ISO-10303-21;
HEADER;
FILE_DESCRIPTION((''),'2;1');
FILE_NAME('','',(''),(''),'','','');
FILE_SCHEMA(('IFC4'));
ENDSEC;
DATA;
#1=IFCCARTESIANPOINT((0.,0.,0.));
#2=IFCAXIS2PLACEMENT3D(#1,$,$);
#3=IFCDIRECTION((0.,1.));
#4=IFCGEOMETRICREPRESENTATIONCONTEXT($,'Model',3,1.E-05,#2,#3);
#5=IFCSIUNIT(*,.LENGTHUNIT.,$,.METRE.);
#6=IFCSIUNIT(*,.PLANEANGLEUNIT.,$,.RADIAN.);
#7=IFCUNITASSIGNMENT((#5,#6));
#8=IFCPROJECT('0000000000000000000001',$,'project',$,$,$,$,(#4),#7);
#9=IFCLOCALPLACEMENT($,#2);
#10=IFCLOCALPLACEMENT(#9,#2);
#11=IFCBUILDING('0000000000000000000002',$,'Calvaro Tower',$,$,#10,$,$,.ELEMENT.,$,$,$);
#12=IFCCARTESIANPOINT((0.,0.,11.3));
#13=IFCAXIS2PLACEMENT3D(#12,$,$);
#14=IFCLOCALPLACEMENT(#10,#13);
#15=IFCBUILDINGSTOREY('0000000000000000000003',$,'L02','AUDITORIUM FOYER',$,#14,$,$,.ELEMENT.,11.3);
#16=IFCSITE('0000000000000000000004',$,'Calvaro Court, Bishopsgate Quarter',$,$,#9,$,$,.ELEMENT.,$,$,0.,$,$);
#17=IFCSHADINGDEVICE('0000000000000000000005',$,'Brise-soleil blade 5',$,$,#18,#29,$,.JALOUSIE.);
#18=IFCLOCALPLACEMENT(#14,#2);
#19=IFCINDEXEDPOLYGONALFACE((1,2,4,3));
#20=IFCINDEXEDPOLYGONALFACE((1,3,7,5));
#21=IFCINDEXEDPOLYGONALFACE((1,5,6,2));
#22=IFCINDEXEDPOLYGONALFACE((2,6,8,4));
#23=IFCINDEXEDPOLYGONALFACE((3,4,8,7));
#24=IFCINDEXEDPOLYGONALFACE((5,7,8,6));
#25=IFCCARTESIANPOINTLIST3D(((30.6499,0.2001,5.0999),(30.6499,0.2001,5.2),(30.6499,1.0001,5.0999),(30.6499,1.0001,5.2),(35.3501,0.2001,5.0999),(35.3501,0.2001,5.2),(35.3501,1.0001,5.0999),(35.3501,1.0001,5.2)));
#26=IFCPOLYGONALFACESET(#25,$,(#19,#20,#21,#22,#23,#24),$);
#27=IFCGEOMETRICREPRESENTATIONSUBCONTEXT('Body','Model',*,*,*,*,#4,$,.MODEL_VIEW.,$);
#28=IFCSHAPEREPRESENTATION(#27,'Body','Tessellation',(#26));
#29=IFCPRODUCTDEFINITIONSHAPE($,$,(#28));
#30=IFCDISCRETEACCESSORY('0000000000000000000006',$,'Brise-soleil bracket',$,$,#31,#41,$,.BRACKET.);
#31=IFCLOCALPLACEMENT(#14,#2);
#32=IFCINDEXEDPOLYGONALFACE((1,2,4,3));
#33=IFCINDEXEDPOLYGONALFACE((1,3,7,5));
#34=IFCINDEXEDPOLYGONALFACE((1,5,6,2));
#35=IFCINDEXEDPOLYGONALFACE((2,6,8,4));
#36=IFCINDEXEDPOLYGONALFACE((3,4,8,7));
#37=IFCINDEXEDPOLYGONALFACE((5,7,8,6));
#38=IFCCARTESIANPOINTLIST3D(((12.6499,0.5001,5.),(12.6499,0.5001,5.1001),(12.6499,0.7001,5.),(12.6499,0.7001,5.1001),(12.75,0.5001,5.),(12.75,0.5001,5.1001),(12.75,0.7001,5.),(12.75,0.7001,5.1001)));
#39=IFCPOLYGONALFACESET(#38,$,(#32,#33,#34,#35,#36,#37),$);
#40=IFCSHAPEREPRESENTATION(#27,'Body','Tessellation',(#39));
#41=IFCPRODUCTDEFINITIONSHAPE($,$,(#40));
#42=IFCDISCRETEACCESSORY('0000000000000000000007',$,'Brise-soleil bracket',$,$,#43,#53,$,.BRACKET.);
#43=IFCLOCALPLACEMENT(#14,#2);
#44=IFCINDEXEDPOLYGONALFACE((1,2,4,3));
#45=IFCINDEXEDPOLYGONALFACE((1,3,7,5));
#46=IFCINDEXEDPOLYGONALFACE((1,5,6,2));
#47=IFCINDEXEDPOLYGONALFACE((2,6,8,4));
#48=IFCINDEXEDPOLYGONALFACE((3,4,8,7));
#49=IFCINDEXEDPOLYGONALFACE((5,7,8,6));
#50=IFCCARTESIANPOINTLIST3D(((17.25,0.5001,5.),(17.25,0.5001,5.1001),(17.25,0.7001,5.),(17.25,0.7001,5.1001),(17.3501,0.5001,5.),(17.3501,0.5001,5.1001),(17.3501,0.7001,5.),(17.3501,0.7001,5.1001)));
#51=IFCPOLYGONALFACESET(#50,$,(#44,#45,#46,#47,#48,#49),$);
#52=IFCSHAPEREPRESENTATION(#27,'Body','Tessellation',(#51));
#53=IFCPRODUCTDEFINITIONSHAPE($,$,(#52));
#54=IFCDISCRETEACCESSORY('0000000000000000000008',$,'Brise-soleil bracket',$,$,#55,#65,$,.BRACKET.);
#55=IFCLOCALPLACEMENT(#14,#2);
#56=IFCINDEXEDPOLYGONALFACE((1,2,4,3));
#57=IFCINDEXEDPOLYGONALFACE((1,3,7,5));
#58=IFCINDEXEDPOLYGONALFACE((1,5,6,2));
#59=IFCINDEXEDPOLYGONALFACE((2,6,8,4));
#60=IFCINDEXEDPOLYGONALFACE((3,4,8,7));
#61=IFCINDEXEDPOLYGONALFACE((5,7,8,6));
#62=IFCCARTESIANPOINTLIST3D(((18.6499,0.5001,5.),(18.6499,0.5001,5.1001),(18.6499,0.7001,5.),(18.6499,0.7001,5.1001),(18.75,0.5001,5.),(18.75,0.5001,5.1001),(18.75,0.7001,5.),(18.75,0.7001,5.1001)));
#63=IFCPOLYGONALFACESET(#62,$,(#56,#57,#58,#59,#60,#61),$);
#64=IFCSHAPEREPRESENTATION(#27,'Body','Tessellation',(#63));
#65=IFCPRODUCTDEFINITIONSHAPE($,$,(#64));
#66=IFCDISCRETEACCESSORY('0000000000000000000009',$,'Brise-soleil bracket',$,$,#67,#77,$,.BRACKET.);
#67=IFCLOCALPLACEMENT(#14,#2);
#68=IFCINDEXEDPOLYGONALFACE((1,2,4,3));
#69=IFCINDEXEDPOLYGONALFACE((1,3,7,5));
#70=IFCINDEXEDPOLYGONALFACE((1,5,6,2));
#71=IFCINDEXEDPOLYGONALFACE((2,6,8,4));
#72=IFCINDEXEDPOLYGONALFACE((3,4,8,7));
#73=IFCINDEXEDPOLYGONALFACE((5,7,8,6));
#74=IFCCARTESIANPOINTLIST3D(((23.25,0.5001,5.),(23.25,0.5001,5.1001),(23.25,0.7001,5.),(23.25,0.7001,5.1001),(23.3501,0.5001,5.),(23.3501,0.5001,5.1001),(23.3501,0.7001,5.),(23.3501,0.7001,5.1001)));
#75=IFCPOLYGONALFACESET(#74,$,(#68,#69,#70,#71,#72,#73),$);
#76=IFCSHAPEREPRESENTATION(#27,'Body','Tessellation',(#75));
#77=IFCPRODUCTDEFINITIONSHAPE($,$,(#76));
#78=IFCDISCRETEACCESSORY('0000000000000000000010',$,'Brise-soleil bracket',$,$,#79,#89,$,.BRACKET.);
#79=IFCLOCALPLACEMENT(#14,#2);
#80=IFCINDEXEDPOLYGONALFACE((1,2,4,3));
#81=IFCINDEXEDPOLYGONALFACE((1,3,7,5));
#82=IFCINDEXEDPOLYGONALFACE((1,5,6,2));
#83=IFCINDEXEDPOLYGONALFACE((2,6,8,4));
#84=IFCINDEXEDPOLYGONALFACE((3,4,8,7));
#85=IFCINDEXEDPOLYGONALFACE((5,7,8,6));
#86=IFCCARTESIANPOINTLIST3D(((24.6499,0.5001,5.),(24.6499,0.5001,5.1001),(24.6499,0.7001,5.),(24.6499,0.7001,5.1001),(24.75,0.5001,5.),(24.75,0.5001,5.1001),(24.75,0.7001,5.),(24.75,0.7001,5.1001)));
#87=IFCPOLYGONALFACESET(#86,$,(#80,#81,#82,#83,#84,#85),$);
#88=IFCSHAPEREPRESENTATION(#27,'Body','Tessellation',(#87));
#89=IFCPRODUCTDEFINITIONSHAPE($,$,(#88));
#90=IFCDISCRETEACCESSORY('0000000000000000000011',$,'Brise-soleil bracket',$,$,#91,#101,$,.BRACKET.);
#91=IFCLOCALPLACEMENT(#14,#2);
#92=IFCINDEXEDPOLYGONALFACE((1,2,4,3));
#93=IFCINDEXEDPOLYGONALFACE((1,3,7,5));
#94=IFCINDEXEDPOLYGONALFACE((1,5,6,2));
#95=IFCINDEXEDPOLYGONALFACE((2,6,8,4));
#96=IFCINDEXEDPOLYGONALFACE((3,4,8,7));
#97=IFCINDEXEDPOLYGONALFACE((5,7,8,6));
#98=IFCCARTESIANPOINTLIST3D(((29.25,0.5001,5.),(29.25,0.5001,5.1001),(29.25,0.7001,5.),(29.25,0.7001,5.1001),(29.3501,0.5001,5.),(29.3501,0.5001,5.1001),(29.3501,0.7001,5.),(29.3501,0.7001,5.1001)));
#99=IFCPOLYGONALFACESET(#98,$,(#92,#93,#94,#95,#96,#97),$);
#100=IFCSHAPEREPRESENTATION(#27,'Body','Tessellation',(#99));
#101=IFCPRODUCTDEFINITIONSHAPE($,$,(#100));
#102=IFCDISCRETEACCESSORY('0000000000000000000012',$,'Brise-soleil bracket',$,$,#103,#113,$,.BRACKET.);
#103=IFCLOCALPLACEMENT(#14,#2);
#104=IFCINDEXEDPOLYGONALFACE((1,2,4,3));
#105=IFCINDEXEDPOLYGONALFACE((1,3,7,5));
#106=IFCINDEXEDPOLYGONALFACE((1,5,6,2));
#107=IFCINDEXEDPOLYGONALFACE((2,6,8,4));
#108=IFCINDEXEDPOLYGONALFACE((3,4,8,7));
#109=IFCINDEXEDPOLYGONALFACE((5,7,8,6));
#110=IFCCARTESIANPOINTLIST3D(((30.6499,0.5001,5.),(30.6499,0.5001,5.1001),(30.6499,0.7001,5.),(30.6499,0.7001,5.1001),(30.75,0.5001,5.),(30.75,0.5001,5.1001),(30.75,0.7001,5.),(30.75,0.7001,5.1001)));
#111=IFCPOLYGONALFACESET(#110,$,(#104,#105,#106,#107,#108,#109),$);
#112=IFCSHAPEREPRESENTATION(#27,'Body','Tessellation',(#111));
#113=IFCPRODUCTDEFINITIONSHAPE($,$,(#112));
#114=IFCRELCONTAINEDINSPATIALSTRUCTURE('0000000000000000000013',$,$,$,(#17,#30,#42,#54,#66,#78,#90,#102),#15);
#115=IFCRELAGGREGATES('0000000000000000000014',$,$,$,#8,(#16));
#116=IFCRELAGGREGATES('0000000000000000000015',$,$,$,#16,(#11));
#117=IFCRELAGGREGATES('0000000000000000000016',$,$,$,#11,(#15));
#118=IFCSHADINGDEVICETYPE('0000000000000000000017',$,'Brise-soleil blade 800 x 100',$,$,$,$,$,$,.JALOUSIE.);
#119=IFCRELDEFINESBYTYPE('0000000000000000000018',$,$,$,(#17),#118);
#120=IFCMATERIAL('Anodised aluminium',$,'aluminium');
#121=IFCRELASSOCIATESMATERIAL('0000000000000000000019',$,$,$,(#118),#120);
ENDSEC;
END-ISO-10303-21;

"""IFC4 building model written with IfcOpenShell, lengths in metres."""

from ifc_helpers import new_model, si_unit, direction, frame, origin, origin_2d, place, context, subcontext, project, spatial, rectangle, extrude, material, material_profile, profile_set, type_object, element, save


model = new_model("IFC4")

# Units and contexts
model_context = context("Model", 3, precision=1e-05, world=origin(), true_north=direction((0.0, 1.0)))
body_context = subcontext(model_context, "Body", "Model", "MODEL_VIEW")
ifc_project = project(units=[si_unit("LENGTHUNIT", "METRE"), si_unit("PLANEANGLEUNIT", "RADIAN")], contexts=[model_context])

# Site, building, storey
site_placement = place(None, origin())
site = spatial("IfcSite", under=ifc_project, at=site_placement, Name="Calvaro Court, Bishopsgate Quarter", CompositionType="ELEMENT", RefElevation=0.0)
building_placement = place(site_placement, origin())
building = spatial("IfcBuilding", under=site, at=building_placement, Name="Calvaro Tower", CompositionType="ELEMENT")
storey_placement = place(building_placement, frame((0.0, 0.0, 11.3)))
storey = spatial("IfcBuildingStorey", under=building, at=storey_placement, Name="L02", Description="AUDITORIUM FOYER", CompositionType="ELEMENT", Elevation=11.3)

# Shading device
ifc_material_1 = material(Name="Anodised aluminium", Category="aluminium")
ifc_material_profile_1 = material_profile(ifc_material_1, rectangle(XDim=0.8, YDim=0.1001, at=origin_2d()), Name="Brise-soleil blade 800 x 100")
ifc_profile_set_1 = profile_set([ifc_material_profile_1], Name="Anodised aluminium")
shading_device_type = type_object("IfcShadingDeviceType", Name="Brise-soleil blade 800 x 100", PredefinedType="JALOUSIE", material=ifc_profile_set_1)
for number, where, z_axis, x_axis, name in (
    (1, (30.6499, 0.6001, 5.1499), (1.0, 0.0, 0.0), (0.0, 1.0, 0.0), "Brise-soleil blade 5"),
):
    element("IfcShadingDevice", number, at=place(storey_placement, frame(where, z_axis=z_axis, x_axis=x_axis)), inside=storey, type_object=shading_device_type, Name=name, PredefinedType="JALOUSIE", context=body_context, shape_type="SweptSolid", body=[
        extrude(rectangle(XDim=0.8, YDim=0.1001, at=origin_2d()), origin(), (0.0, 0.0, 1.0), 4.7002),
    ])

# Discrete accessories
for number, where, z_axis, x_axis, name in (
    (2, (12.7, 0.6001, 5.0), (0.0, 0.0, 1.0), (1.0, 0.0, 0.0), "Brise-soleil bracket"),
    (3, (17.3, 0.6001, 5.0), (0.0, 0.0, 1.0), (1.0, 0.0, 0.0), "Brise-soleil bracket"),
    (4, (18.7, 0.6001, 5.0), (0.0, 0.0, 1.0), (1.0, 0.0, 0.0), "Brise-soleil bracket"),
    (5, (23.3, 0.6001, 5.0), (0.0, 0.0, 1.0), (1.0, 0.0, 0.0), "Brise-soleil bracket"),
    (6, (24.7, 0.6001, 5.0), (0.0, 0.0, 1.0), (1.0, 0.0, 0.0), "Brise-soleil bracket"),
    (7, (29.3, 0.6001, 5.0), (0.0, 0.0, 1.0), (1.0, 0.0, 0.0), "Brise-soleil bracket"),
    (8, (30.7, 0.6001, 5.0), (0.0, 0.0, 1.0), (1.0, 0.0, 0.0), "Brise-soleil bracket"),
):
    element("IfcDiscreteAccessory", number, at=place(storey_placement, frame(where, z_axis=z_axis, x_axis=x_axis)), inside=storey, Name=name, PredefinedType="BRACKET", context=body_context, shape_type="SweptSolid", body=[
        extrude(rectangle(XDim=0.1001, YDim=0.2, at=origin_2d()), origin(), (0.0, 0.0, 1.0), 0.1001),
    ])

save(model, "model.ifc")
